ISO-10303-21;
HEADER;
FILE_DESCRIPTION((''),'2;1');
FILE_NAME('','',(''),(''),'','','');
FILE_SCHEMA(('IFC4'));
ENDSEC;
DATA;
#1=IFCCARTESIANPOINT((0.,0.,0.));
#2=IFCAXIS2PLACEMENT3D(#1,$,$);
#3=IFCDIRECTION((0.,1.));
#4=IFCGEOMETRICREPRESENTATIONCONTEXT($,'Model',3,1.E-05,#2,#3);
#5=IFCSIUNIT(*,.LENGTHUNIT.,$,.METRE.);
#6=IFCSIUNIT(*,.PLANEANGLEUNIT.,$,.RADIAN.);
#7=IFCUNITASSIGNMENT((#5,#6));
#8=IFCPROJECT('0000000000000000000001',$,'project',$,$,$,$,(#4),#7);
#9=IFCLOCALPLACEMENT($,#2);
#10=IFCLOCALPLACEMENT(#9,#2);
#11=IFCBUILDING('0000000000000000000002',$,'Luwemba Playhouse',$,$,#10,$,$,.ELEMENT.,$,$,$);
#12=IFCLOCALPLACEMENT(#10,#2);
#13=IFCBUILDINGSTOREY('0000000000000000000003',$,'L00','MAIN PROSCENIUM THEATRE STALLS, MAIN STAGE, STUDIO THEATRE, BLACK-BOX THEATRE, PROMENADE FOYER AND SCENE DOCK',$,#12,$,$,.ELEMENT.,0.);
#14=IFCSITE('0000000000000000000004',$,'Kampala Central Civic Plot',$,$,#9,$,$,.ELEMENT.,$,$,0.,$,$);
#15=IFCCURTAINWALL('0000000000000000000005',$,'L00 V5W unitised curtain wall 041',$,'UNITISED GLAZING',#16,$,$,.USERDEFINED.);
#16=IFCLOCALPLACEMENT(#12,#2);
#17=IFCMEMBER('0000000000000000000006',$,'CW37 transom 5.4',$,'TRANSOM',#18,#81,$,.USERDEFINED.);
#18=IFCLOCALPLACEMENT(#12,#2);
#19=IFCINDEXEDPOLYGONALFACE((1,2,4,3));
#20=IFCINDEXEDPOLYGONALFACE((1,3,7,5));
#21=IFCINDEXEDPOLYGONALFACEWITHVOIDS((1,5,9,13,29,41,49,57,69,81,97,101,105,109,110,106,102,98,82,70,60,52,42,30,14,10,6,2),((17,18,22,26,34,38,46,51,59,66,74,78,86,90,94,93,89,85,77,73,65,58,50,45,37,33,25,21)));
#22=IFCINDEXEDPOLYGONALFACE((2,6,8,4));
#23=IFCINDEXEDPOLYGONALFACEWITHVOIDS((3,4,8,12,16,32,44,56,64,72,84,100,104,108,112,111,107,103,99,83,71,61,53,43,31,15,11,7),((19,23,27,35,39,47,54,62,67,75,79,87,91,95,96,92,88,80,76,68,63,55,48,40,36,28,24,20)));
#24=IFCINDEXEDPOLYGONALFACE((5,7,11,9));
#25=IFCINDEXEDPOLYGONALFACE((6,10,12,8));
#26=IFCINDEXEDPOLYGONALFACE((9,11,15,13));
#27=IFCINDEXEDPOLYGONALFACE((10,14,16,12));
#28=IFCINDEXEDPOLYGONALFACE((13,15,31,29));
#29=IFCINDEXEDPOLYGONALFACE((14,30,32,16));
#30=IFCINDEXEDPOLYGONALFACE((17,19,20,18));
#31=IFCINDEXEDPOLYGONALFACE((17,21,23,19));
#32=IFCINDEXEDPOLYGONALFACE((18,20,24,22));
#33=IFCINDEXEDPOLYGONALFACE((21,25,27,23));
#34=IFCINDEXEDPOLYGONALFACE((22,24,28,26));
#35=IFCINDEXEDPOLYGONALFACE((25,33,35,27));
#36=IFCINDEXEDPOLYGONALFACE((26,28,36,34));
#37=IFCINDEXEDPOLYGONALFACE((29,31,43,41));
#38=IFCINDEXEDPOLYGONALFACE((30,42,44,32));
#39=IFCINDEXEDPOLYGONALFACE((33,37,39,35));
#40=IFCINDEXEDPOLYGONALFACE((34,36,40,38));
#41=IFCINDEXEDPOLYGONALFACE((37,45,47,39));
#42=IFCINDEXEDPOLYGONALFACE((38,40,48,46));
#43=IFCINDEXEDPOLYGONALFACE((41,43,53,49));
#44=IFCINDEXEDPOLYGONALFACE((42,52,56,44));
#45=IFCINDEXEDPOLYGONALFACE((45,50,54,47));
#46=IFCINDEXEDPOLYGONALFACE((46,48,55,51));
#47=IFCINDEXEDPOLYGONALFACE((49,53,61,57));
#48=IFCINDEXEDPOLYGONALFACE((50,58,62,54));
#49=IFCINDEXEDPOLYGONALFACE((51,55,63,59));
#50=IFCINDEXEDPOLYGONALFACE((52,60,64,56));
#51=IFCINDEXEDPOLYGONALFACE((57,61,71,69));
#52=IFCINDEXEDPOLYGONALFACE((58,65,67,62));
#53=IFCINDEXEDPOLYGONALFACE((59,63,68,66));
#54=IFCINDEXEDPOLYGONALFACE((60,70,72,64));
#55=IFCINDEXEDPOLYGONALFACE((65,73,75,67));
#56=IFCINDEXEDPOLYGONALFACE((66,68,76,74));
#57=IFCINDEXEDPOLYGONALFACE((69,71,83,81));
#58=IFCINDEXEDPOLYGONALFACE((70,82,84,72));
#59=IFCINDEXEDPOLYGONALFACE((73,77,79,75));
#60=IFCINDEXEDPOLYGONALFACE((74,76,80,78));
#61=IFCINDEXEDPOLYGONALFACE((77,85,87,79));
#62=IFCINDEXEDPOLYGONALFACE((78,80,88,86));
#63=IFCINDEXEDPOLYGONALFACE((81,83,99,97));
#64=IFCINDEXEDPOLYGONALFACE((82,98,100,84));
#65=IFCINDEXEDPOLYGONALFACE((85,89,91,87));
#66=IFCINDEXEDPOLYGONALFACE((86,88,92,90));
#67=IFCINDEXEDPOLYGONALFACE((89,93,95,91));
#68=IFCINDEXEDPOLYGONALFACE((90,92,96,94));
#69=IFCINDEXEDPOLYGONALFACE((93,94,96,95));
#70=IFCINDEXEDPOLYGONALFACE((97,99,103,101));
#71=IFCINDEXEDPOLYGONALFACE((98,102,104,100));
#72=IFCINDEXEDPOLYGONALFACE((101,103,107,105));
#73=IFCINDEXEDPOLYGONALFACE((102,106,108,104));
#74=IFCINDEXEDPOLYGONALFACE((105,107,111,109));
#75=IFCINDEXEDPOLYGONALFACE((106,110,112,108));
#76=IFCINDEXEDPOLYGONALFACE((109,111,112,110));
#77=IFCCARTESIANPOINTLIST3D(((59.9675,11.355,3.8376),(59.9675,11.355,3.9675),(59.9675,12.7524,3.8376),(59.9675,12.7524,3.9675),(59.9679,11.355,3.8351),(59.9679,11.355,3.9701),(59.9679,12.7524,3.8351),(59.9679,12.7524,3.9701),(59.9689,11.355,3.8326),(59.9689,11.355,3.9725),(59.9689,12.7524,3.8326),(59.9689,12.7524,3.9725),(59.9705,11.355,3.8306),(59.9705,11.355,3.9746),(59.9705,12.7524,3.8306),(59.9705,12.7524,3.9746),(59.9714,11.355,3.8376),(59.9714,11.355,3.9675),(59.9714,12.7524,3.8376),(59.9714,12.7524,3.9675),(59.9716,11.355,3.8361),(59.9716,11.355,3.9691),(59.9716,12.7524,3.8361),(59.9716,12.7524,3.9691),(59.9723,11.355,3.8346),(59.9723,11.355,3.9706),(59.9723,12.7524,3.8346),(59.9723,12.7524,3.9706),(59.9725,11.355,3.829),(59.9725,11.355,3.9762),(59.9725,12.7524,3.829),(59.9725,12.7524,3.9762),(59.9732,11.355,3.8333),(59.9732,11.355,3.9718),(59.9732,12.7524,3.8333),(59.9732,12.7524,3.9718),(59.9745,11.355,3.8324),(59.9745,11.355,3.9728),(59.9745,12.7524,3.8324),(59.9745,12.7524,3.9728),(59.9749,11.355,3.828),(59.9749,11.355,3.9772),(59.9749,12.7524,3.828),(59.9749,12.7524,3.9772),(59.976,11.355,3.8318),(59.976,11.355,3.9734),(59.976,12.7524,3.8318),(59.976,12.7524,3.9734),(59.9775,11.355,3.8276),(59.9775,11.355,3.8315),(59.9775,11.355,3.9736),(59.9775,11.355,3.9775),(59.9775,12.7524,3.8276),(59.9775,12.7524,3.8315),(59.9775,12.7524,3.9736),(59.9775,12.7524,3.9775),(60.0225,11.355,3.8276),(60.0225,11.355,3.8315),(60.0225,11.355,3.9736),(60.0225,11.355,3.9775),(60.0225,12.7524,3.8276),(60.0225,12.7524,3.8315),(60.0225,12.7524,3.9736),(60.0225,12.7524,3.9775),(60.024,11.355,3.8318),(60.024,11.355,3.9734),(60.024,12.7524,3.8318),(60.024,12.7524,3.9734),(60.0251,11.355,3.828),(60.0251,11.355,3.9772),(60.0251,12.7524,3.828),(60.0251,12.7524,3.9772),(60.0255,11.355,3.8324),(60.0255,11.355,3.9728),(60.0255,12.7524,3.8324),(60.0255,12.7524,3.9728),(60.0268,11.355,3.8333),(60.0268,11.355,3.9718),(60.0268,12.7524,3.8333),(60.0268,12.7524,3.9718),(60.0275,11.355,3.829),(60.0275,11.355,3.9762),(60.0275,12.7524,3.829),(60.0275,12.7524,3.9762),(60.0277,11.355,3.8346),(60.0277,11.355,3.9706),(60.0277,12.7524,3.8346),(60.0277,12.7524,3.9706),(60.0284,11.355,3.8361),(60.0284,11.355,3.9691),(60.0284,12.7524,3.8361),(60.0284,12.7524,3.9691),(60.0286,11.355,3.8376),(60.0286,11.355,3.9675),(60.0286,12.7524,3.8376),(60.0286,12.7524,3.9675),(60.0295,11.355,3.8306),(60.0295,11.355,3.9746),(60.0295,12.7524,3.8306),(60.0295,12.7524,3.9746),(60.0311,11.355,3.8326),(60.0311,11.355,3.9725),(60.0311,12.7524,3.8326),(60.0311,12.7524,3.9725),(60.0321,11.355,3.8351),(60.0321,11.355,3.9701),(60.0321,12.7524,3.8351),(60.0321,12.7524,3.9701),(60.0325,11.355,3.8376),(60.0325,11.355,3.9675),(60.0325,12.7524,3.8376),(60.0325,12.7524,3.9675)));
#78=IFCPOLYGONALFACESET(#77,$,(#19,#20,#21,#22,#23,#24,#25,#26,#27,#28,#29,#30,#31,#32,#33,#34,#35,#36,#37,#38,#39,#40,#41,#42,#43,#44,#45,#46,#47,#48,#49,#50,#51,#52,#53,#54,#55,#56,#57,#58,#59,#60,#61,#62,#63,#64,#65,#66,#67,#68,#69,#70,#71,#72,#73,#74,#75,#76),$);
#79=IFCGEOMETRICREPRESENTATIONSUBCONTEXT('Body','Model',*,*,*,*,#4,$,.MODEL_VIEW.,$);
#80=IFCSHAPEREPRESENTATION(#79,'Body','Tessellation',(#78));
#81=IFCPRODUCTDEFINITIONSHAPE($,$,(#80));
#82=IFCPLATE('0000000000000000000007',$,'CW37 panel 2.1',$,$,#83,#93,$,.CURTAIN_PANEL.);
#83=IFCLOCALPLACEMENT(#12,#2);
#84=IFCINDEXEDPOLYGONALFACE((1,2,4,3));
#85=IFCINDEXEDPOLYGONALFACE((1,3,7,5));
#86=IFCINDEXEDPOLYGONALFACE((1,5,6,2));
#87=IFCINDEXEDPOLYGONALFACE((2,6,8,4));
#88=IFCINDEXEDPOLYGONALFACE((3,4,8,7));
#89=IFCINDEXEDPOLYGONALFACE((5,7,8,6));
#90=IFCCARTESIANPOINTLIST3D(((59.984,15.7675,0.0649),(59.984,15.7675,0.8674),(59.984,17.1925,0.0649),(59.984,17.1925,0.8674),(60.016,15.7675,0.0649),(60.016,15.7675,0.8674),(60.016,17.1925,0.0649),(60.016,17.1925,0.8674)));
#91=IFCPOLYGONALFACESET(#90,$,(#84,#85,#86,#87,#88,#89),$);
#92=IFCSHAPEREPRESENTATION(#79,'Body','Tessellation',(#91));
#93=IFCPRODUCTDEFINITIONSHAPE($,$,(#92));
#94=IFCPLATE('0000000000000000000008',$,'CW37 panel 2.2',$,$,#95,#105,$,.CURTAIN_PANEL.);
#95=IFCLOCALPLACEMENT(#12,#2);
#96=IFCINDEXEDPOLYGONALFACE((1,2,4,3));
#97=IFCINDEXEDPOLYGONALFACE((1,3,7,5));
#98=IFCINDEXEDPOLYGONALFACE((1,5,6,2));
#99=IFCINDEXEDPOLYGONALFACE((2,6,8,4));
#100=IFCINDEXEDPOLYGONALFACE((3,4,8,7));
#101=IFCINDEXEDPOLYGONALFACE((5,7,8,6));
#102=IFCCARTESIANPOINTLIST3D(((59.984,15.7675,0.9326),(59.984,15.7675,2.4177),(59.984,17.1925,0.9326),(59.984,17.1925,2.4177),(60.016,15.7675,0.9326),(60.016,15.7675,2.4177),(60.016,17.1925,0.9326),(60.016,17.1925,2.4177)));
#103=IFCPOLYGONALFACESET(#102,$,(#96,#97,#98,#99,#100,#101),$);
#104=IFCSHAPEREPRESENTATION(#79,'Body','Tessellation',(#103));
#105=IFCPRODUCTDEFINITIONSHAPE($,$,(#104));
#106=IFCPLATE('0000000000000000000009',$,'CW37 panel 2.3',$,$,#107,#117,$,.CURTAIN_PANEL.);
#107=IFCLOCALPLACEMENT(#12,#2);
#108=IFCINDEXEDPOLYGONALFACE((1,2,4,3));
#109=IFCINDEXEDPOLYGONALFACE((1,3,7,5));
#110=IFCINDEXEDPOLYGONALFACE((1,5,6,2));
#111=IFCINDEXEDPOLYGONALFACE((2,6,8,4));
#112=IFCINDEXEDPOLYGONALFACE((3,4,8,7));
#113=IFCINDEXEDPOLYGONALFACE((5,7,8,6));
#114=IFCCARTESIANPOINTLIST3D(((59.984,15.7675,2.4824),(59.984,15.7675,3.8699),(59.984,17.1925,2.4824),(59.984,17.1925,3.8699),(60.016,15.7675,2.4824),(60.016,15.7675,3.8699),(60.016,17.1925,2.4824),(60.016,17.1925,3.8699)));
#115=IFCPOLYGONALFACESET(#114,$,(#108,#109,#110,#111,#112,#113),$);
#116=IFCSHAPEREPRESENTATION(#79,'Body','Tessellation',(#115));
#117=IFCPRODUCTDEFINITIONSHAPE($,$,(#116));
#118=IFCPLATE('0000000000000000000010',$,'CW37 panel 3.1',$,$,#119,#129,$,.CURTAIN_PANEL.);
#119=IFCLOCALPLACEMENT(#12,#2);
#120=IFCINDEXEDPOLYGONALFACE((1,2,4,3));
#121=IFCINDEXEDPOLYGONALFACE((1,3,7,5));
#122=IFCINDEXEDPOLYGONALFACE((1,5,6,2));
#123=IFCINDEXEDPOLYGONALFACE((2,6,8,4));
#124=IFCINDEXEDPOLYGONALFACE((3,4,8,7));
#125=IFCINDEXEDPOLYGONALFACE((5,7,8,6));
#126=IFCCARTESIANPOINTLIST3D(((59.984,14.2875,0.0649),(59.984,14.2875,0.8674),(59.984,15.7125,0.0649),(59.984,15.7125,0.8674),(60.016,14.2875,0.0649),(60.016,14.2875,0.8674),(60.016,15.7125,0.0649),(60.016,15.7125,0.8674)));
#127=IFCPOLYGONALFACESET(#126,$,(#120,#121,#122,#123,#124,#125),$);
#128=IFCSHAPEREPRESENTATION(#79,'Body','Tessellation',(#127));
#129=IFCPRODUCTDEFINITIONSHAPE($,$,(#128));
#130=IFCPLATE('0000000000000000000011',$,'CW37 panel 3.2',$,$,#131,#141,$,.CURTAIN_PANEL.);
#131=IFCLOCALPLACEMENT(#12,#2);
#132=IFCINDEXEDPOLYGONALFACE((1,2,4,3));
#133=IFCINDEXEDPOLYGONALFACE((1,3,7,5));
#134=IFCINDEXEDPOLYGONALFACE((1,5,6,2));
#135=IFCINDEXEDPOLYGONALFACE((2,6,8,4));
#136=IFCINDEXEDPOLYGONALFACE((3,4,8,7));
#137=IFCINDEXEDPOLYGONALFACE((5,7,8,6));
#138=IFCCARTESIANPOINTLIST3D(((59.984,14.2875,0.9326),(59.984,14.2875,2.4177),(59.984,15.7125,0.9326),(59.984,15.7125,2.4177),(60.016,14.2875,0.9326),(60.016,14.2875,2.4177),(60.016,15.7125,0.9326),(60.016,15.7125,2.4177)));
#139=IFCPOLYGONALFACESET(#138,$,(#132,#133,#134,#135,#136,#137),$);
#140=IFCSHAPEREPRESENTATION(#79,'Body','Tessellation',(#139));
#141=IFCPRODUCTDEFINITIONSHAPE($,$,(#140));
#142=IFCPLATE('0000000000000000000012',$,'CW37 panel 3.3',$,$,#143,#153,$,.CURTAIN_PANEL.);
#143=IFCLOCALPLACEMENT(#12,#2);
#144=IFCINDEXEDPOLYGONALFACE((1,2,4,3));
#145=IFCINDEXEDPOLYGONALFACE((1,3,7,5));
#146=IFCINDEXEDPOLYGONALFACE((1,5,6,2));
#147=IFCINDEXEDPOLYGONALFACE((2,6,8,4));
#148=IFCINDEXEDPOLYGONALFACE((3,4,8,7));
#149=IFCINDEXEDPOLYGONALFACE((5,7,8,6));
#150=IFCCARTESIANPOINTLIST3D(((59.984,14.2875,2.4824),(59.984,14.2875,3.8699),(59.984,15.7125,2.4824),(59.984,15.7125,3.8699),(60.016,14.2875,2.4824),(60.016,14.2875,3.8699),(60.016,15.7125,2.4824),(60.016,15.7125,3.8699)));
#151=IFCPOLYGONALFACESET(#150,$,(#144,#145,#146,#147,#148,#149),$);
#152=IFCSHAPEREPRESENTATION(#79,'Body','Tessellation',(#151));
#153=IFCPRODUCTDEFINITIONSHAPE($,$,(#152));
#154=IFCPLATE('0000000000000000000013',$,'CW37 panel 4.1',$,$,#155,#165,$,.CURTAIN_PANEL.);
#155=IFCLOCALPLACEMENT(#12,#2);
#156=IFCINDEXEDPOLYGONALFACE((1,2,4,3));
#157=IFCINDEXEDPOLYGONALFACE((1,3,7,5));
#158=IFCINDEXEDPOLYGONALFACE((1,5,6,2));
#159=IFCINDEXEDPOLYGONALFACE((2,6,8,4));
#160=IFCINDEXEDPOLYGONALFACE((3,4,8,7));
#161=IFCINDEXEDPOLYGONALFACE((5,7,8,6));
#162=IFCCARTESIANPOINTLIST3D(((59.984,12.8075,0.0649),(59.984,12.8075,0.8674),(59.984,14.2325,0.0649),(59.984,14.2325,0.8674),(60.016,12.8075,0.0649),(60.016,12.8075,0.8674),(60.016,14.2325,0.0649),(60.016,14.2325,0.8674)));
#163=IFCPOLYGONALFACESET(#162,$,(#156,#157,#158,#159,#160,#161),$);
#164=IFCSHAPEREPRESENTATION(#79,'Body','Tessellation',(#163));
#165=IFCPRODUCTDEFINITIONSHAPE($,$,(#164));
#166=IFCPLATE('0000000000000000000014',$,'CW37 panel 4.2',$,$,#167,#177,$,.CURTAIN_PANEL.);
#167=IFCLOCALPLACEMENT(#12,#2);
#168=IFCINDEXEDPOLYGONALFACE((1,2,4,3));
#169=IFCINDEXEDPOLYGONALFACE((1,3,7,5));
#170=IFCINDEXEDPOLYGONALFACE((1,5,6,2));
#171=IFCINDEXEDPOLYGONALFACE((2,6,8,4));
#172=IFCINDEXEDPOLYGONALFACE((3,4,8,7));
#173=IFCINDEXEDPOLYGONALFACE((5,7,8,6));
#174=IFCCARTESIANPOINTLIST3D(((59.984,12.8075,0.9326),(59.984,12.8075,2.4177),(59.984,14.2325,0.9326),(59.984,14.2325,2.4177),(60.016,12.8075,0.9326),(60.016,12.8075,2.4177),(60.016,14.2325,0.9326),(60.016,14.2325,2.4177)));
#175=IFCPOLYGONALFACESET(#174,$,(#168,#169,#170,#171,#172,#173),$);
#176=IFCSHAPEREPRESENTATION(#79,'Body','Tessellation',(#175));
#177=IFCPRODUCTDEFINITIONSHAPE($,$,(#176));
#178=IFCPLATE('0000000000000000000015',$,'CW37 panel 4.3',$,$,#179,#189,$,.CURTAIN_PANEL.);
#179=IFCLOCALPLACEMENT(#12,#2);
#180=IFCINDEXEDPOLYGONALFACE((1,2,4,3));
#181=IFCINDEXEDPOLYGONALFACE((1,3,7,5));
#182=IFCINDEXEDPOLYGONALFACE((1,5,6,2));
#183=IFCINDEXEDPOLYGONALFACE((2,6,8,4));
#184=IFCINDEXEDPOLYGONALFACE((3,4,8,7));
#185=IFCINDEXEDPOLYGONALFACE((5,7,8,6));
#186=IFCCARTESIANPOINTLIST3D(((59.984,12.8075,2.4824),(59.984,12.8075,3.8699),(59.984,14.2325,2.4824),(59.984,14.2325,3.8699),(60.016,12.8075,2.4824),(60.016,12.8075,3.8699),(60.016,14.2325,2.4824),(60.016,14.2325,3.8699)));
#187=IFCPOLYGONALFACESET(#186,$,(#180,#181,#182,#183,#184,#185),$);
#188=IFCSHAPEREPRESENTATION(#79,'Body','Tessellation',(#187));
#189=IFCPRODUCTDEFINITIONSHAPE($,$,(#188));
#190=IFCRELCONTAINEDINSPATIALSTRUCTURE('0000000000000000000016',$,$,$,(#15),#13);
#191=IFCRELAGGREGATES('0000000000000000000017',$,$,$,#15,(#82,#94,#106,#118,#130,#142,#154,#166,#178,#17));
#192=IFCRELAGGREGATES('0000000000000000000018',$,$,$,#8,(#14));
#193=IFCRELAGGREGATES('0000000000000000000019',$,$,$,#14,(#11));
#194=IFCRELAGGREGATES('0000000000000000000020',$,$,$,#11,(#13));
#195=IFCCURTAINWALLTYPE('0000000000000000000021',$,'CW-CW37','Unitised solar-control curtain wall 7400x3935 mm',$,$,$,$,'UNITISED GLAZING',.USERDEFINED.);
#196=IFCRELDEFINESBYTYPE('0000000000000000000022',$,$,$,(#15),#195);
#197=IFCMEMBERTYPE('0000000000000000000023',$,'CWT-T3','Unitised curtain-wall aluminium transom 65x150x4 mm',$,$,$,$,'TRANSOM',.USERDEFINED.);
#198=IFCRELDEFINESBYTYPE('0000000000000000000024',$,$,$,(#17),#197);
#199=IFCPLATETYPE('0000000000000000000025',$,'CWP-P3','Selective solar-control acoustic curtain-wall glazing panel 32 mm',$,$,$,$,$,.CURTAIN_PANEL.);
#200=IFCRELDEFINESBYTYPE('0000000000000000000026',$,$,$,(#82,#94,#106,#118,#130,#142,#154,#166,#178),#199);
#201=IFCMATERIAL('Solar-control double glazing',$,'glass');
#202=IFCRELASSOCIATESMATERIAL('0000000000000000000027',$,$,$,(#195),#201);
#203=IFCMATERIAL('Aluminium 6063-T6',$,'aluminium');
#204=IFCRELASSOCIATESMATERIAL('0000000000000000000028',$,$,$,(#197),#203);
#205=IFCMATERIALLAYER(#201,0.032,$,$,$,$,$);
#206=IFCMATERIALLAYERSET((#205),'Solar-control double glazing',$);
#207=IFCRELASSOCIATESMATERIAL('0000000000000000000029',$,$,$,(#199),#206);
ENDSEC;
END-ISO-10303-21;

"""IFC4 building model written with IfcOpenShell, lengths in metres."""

from ifc_helpers import new_model, si_unit, direction, frame, origin, origin_2d, place, context, subcontext, project, spatial, rectangle, hollow_rectangle, extrude, material, layer, layer_set, material_profile, profile_set, type_object, element, aggregate, save


model = new_model("IFC4")

# Units and contexts
model_context = context("Model", 3, precision=1e-05, world=origin(), true_north=direction((0.0, 1.0)))
body_context = subcontext(model_context, "Body", "Model", "MODEL_VIEW")
ifc_project = project(units=[si_unit("LENGTHUNIT", "METRE"), si_unit("PLANEANGLEUNIT", "RADIAN")], contexts=[model_context])

# Site, building, storey
site_placement = place(None, origin())
site = spatial("IfcSite", under=ifc_project, at=site_placement, Name="Kampala Central Civic Plot", CompositionType="ELEMENT", RefElevation=0.0)
building_placement = place(site_placement, origin())
building = spatial("IfcBuilding", under=site, at=building_placement, Name="Luwemba Playhouse", CompositionType="ELEMENT")
storey_placement = place(building_placement, origin())
storey = spatial("IfcBuildingStorey", under=building, at=storey_placement, Name="L00", Description="MAIN PROSCENIUM THEATRE STALLS, MAIN STAGE, STUDIO THEATRE, BLACK-BOX THEATRE, PROMENADE FOYER AND SCENE DOCK", CompositionType="ELEMENT", Elevation=0.0)

# Curtain wall, member, plates
ifc_material_1 = material(Name="Solar-control double glazing", Category="glass")
curtain_wall_type = type_object("IfcCurtainWallType", Name="CW-CW37", Description="Unitised solar-control curtain wall 7400x3935 mm", ElementType="UNITISED GLAZING", PredefinedType="USERDEFINED", material=ifc_material_1)
curtain_wall_placement = place(storey_placement, origin())
curtain_wall = element("IfcCurtainWall", 1, at=curtain_wall_placement, inside=storey, type_object=curtain_wall_type, Name="L00 V5W unitised curtain wall 041", ObjectType="UNITISED GLAZING", PredefinedType="USERDEFINED")
ifc_material_2 = material(Name="Aluminium 6063-T6", Category="aluminium")
ifc_material_profile_1 = material_profile(ifc_material_2, hollow_rectangle(XDim=0.0649, YDim=0.1499, WallThickness=0.0039, InnerFilletRadius=0.0061, OuterFilletRadius=0.01, at=origin_2d()))
ifc_profile_set_1 = profile_set([ifc_material_profile_1], Name="Aluminium 6063-T6")
member_type_1 = type_object("IfcMemberType", Name="CWT-T3", Description="Unitised curtain-wall aluminium transom 65x150x4 mm", ElementType="TRANSOM", PredefinedType="USERDEFINED", material=ifc_profile_set_1)
member_1_placement = place(storey_placement, frame((60.0, 12.7524, 3.9026), z_axis=(0.0, -1.0, 0.0), x_axis=(1.0, 0.0, 0.0)))
member_1 = element("IfcMember", 2, at=member_1_placement, type_object=member_type_1, Name="CW37 transom 5.4", ObjectType="TRANSOM", PredefinedType="USERDEFINED", context=body_context, shape_type="SweptSolid", body=[
    extrude(hollow_rectangle(XDim=0.0649, YDim=0.1499, WallThickness=0.0039, InnerFilletRadius=0.0061, OuterFilletRadius=0.01, at=origin_2d()), origin(), (0.0, 0.0, 1.0), 1.3975),
])
ifc_layer_1 = layer(ifc_material_1, 0.032)
ifc_layer_set_1 = layer_set([ifc_layer_1], Name="Solar-control double glazing")
plate_type = type_object("IfcPlateType", Name="CWP-P3", Description="Selective solar-control acoustic curtain-wall glazing panel 32 mm", PredefinedType="CURTAIN_PANEL", material=ifc_layer_set_1)
plate_1_placement = place(storey_placement, frame((60.0, 16.48, 0.0649), z_axis=(0.0, 0.0, 1.0), x_axis=(0.0, -1.0, 0.0)))
plate_1 = element("IfcPlate", 3, at=plate_1_placement, type_object=plate_type, Name="CW37 panel 2.1", PredefinedType="CURTAIN_PANEL", context=body_context, shape_type="SweptSolid", body=[
    extrude(rectangle(XDim=1.425, YDim=0.032, at=origin_2d()), origin(), (0.0, 0.0, 1.0), 0.8025),
])
plate_2_placement = place(storey_placement, frame((60.0, 16.48, 0.9326), z_axis=(0.0, 0.0, 1.0), x_axis=(0.0, -1.0, 0.0)))
plate_2 = element("IfcPlate", 4, at=plate_2_placement, type_object=plate_type, Name="CW37 panel 2.2", PredefinedType="CURTAIN_PANEL", context=body_context, shape_type="SweptSolid", body=[
    extrude(rectangle(XDim=1.425, YDim=0.032, at=origin_2d()), origin(), (0.0, 0.0, 1.0), 1.4851),
])
plate_3_placement = place(storey_placement, frame((60.0, 16.48, 2.4824), z_axis=(0.0, 0.0, 1.0), x_axis=(0.0, -1.0, 0.0)))
plate_3 = element("IfcPlate", 5, at=plate_3_placement, type_object=plate_type, Name="CW37 panel 2.3", PredefinedType="CURTAIN_PANEL", context=body_context, shape_type="SweptSolid", body=[
    extrude(rectangle(XDim=1.425, YDim=0.032, at=origin_2d()), origin(), (0.0, 0.0, 1.0), 1.3875),
])
plate_4_placement = place(storey_placement, frame((60.0, 15.0, 0.0649), z_axis=(0.0, 0.0, 1.0), x_axis=(0.0, -1.0, 0.0)))
plate_4 = element("IfcPlate", 6, at=plate_4_placement, type_object=plate_type, Name="CW37 panel 3.1", PredefinedType="CURTAIN_PANEL", context=body_context, shape_type="SweptSolid", body=[
    extrude(rectangle(XDim=1.425, YDim=0.032, at=origin_2d()), origin(), (0.0, 0.0, 1.0), 0.8025),
])
plate_5_placement = place(storey_placement, frame((60.0, 15.0, 0.9326), z_axis=(0.0, 0.0, 1.0), x_axis=(0.0, -1.0, 0.0)))
plate_5 = element("IfcPlate", 7, at=plate_5_placement, type_object=plate_type, Name="CW37 panel 3.2", PredefinedType="CURTAIN_PANEL", context=body_context, shape_type="SweptSolid", body=[
    extrude(rectangle(XDim=1.425, YDim=0.032, at=origin_2d()), origin(), (0.0, 0.0, 1.0), 1.4851),
])
plate_6_placement = place(storey_placement, frame((60.0, 15.0, 2.4824), z_axis=(0.0, 0.0, 1.0), x_axis=(0.0, -1.0, 0.0)))
plate_6 = element("IfcPlate", 8, at=plate_6_placement, type_object=plate_type, Name="CW37 panel 3.3", PredefinedType="CURTAIN_PANEL", context=body_context, shape_type="SweptSolid", body=[
    extrude(rectangle(XDim=1.425, YDim=0.032, at=origin_2d()), origin(), (0.0, 0.0, 1.0), 1.3875),
])
plate_7_placement = place(storey_placement, frame((60.0, 13.52, 0.0649), z_axis=(0.0, 0.0, 1.0), x_axis=(0.0, -1.0, 0.0)))
plate_7 = element("IfcPlate", 9, at=plate_7_placement, type_object=plate_type, Name="CW37 panel 4.1", PredefinedType="CURTAIN_PANEL", context=body_context, shape_type="SweptSolid", body=[
    extrude(rectangle(XDim=1.425, YDim=0.032, at=origin_2d()), origin(), (0.0, 0.0, 1.0), 0.8025),
])
plate_8_placement = place(storey_placement, frame((60.0, 13.52, 0.9326), z_axis=(0.0, 0.0, 1.0), x_axis=(0.0, -1.0, 0.0)))
plate_8 = element("IfcPlate", 10, at=plate_8_placement, type_object=plate_type, Name="CW37 panel 4.2", PredefinedType="CURTAIN_PANEL", context=body_context, shape_type="SweptSolid", body=[
    extrude(rectangle(XDim=1.425, YDim=0.032, at=origin_2d()), origin(), (0.0, 0.0, 1.0), 1.4851),
])
plate_9_placement = place(storey_placement, frame((60.0, 13.52, 2.4824), z_axis=(0.0, 0.0, 1.0), x_axis=(0.0, -1.0, 0.0)))
plate_9 = element("IfcPlate", 11, at=plate_9_placement, type_object=plate_type, Name="CW37 panel 4.3", PredefinedType="CURTAIN_PANEL", context=body_context, shape_type="SweptSolid", body=[
    extrude(rectangle(XDim=1.425, YDim=0.032, at=origin_2d()), origin(), (0.0, 0.0, 1.0), 1.3875),
])
aggregate(curtain_wall, [plate_1, plate_2, plate_3, plate_4, plate_5, plate_6, plate_7, plate_8, plate_9, member_1])

save(model, "model.ifc")
